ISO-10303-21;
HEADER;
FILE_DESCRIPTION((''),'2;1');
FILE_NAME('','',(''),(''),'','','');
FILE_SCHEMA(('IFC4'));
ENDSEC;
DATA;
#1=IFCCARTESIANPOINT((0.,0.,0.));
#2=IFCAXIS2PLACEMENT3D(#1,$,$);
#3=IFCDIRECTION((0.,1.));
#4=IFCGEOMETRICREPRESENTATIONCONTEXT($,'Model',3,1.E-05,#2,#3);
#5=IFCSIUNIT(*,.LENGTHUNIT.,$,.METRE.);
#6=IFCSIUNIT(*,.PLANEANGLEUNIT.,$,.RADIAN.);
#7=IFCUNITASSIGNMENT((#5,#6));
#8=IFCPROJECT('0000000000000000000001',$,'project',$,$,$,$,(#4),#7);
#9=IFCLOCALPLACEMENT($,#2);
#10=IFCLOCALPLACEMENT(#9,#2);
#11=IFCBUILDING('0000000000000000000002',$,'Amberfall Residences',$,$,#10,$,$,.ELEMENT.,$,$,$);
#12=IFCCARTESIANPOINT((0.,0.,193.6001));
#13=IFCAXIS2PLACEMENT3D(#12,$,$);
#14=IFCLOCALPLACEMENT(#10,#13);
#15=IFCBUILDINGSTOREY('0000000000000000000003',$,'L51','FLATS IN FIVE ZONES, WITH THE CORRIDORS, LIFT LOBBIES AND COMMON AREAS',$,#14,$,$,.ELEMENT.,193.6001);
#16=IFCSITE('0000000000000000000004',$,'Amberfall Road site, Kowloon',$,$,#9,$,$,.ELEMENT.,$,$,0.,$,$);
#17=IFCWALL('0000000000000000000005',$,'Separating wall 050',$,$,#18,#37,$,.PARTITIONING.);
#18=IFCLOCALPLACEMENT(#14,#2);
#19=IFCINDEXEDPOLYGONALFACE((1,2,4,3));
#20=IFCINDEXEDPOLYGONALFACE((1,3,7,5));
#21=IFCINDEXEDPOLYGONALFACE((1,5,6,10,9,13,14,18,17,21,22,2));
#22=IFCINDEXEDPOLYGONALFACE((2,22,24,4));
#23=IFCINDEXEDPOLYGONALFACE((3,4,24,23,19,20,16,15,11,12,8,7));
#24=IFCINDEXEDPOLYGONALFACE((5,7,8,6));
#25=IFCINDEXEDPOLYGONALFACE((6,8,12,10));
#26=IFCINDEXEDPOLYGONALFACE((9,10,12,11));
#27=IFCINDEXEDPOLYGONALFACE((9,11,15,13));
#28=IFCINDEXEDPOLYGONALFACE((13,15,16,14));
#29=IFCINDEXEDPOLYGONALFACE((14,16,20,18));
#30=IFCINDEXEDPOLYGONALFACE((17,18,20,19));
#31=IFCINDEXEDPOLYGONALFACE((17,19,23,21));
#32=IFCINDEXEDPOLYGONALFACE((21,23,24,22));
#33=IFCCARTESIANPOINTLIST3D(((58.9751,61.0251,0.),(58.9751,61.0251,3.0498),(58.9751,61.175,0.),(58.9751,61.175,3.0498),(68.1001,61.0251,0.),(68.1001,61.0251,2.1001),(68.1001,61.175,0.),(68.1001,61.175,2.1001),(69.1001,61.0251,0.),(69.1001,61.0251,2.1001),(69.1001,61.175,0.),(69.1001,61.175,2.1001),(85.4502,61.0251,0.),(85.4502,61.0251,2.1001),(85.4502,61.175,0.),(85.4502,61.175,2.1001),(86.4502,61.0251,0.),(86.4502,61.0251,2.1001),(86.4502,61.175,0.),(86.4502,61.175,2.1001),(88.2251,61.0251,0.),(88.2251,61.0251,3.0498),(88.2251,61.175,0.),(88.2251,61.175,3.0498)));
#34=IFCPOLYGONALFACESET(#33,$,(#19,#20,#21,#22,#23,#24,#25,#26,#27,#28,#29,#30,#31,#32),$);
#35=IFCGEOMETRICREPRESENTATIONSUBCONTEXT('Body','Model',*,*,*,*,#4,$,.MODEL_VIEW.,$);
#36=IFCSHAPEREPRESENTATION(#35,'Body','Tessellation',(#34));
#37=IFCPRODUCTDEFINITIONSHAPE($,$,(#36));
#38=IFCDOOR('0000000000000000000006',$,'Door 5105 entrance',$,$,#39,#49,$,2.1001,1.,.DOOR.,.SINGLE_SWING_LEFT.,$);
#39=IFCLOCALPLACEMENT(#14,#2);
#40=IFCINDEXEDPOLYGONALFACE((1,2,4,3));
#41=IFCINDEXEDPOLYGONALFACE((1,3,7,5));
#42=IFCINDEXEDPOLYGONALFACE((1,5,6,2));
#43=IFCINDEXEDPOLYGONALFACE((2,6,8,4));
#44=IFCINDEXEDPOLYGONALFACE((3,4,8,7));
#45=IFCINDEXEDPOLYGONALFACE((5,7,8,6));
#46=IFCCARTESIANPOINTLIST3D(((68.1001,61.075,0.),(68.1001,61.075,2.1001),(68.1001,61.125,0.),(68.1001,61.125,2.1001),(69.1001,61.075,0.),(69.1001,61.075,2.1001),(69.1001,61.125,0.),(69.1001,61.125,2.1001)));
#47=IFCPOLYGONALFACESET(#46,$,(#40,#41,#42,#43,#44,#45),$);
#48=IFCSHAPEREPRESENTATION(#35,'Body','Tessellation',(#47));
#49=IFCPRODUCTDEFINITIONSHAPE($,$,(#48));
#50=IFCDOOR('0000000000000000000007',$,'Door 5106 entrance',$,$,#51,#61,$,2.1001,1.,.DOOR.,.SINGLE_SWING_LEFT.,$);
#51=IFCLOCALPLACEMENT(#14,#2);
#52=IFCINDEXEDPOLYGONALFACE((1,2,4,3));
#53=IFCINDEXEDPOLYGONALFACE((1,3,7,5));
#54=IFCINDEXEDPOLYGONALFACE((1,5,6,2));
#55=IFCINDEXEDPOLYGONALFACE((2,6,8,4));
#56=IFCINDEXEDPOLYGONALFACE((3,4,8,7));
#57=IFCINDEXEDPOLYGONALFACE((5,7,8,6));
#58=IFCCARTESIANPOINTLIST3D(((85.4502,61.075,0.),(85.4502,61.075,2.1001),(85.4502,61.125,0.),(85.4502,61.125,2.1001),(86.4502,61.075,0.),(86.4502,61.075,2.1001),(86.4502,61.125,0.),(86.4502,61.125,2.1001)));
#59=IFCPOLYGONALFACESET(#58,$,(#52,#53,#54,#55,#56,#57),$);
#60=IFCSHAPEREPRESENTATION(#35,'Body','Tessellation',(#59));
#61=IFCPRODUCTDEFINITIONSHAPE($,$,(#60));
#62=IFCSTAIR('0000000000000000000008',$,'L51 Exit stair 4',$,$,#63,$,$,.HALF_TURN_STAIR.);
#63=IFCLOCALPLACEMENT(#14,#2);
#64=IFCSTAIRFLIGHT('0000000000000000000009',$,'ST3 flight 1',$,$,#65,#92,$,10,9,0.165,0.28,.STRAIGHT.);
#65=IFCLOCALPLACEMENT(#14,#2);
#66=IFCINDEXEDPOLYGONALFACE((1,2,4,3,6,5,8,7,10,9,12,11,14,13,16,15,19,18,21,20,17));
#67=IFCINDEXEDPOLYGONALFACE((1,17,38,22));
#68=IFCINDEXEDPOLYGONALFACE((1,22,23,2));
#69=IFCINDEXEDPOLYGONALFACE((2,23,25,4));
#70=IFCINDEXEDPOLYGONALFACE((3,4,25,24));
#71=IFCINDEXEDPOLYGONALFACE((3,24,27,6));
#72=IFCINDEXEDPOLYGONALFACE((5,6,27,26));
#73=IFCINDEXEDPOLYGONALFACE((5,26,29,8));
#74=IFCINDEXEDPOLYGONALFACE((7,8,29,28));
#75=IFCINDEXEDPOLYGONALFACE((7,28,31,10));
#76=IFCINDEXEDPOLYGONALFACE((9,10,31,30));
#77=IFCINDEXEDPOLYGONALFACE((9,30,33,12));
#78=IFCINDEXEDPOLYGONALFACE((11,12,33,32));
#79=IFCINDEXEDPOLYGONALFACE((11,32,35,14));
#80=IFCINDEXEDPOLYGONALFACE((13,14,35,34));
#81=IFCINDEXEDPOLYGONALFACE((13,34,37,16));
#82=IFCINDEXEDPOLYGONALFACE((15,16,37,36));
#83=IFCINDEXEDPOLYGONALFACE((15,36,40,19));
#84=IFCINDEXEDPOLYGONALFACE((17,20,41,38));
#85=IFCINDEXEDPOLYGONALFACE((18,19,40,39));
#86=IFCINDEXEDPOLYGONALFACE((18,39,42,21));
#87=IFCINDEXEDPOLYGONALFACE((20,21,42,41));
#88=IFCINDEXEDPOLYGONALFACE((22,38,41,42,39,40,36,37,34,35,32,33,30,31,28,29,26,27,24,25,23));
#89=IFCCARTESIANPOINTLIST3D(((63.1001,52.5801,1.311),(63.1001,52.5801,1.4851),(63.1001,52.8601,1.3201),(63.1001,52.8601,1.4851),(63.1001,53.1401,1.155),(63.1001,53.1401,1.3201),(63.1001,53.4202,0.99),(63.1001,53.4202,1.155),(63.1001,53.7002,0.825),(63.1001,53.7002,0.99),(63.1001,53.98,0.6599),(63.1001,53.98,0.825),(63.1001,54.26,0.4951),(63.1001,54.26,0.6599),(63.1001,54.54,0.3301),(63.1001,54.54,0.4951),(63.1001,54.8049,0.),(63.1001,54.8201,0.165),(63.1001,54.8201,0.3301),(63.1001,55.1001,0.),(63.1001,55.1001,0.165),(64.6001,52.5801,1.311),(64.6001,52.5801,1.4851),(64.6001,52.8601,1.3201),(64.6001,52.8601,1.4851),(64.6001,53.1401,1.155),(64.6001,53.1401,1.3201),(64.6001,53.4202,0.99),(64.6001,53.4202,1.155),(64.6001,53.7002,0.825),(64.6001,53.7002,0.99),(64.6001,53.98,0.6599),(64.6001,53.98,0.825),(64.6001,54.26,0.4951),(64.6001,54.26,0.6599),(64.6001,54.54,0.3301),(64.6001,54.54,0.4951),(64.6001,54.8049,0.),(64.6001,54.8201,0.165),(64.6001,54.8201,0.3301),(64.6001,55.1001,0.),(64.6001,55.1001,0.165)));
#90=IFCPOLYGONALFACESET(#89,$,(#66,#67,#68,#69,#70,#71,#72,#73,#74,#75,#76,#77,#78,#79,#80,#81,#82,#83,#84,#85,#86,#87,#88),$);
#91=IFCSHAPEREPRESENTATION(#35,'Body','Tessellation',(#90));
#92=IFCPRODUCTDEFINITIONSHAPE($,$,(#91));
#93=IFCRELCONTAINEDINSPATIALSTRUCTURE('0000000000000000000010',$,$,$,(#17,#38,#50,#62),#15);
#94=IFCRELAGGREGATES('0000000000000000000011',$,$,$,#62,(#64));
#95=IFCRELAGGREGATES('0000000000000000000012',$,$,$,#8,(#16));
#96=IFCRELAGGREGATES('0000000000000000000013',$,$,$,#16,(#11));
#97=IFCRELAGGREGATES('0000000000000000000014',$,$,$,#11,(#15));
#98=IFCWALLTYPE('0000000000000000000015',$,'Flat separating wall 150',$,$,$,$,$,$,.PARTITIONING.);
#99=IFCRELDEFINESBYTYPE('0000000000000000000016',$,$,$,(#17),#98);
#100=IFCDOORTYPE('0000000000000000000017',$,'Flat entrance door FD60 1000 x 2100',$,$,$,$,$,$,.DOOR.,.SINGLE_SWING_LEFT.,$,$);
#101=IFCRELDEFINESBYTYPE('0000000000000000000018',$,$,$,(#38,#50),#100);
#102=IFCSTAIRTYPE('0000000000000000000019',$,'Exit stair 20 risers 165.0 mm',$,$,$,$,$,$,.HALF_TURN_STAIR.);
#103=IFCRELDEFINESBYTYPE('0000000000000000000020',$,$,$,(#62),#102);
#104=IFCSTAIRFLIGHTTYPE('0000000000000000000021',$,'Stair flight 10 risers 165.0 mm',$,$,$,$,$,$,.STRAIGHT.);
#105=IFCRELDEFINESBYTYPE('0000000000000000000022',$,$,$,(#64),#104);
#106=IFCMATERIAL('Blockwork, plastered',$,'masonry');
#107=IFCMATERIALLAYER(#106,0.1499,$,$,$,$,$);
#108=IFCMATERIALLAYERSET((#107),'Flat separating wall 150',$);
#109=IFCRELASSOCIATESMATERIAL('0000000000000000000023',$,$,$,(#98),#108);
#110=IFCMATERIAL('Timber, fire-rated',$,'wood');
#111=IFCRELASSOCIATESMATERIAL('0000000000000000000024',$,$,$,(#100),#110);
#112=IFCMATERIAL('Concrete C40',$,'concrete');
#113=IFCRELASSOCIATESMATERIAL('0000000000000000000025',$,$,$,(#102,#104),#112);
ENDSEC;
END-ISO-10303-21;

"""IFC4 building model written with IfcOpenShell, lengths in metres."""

from ifc_helpers import new_model, si_unit, direction, frame, frame_2d, origin, place, context, subcontext, project, spatial, polyline, rectangle, outline, extrude, material, layer, layer_set, type_object, element, fill, aggregate, save


model = new_model("IFC4")

# Units and contexts
model_context = context("Model", 3, precision=1e-05, world=origin(), true_north=direction((0.0, 1.0)))
body_context = subcontext(model_context, "Body", "Model", "MODEL_VIEW")
ifc_project = project(units=[si_unit("LENGTHUNIT", "METRE"), si_unit("PLANEANGLEUNIT", "RADIAN")], contexts=[model_context])

# Site, building, storey
site_placement = place(None, origin())
site = spatial("IfcSite", under=ifc_project, at=site_placement, Name="Amberfall Road site, Kowloon", CompositionType="ELEMENT", RefElevation=0.0)
building_placement = place(site_placement, origin())
building = spatial("IfcBuilding", under=site, at=building_placement, Name="Amberfall Residences", CompositionType="ELEMENT")
storey_placement = place(building_placement, frame((0.0, 0.0, 193.6001)))
storey = spatial("IfcBuildingStorey", under=building, at=storey_placement, Name="L51", Description="FLATS IN FIVE ZONES, WITH THE CORRIDORS, LIFT LOBBIES AND COMMON AREAS", CompositionType="ELEMENT", Elevation=193.6001)

# Shared definitions
ifc_material_1 = material(Name="Blockwork, plastered", Category="masonry")
ifc_layer_1 = layer(ifc_material_1, 0.1499)
ifc_layer_set_1 = layer_set([ifc_layer_1], Name="Flat separating wall 150")
wall_type_1 = type_object("IfcWallType", Name="Flat separating wall 150", PredefinedType="PARTITIONING", material=ifc_layer_set_1)

# Wall, openings, doors
wall_1_placement = place(storey_placement, frame((58.9751, 61.1001, 0.0), z_axis=(0.0, 0.0, 1.0), x_axis=(1.0, 0.0, 0.0)))
wall_1 = element("IfcWall", 1, at=wall_1_placement, inside=storey, type_object=wall_type_1, Name="Separating wall 050", PredefinedType="PARTITIONING", context=body_context, shape_type="SweptSolid", body=[
    extrude(rectangle(XDim=29.25, YDim=0.1499, at=frame_2d((14.625, 0.0))), origin(), (0.0, 0.0, 1.0), 3.0498),
])
opening_1_placement = place(wall_1_placement, frame((9.125, 0.0, 0.0)))
opening_1 = element("IfcOpeningElement", 2, at=opening_1_placement, cuts=wall_1, PredefinedType="OPENING", context=body_context, shape_type="SweptSolid", body=[
    extrude(rectangle(XDim=1.0, YDim=2.1001, at=frame_2d((0.5, 1.05))), frame((0.0, 0.085, 0.0), z_axis=(0.0, -1.0, 0.0), x_axis=(1.0, 0.0, 0.0)), (0.0, 0.0, 1.0), 0.1699),
])
opening_2_placement = place(wall_1_placement, frame((26.4751, 0.0, 0.0)))
opening_2 = element("IfcOpeningElement", 3, at=opening_2_placement, cuts=wall_1, PredefinedType="OPENING", context=body_context, shape_type="SweptSolid", body=[
    extrude(rectangle(XDim=1.0, YDim=2.1001, at=frame_2d((0.5, 1.05))), frame((0.0, 0.085, 0.0), z_axis=(0.0, -1.0, 0.0), x_axis=(1.0, 0.0, 0.0)), (0.0, 0.0, 1.0), 0.1699),
])
ifc_material_2 = material(Name="Timber, fire-rated", Category="wood")
door_type_1 = type_object("IfcDoorType", Name="Flat entrance door FD60 1000 x 2100", OperationType="SINGLE_SWING_LEFT", PredefinedType="DOOR", material=ifc_material_2)
door_1_placement = place(opening_1_placement, origin())
door_1 = element("IfcDoor", 4, at=door_1_placement, inside=storey, type_object=door_type_1, Name="Door 5105 entrance", OperationType="SINGLE_SWING_LEFT", OverallHeight=2.1001, OverallWidth=1.0, PredefinedType="DOOR", context=body_context, shape_type="SweptSolid", body=[
    extrude(rectangle(XDim=1.0, YDim=2.1001, at=frame_2d((0.5, 1.05))), frame((0.0, 0.0249, 0.0), z_axis=(0.0, -1.0, 0.0), x_axis=(1.0, 0.0, 0.0)), (0.0, 0.0, 1.0), 0.05),
])
fill(opening_1, door_1)
door_2_placement = place(opening_2_placement, origin())
door_2 = element("IfcDoor", 5, at=door_2_placement, inside=storey, type_object=door_type_1, Name="Door 5106 entrance", OperationType="SINGLE_SWING_LEFT", OverallHeight=2.1001, OverallWidth=1.0, PredefinedType="DOOR", context=body_context, shape_type="SweptSolid", body=[
    extrude(rectangle(XDim=1.0, YDim=2.1001, at=frame_2d((0.5, 1.05))), frame((0.0, 0.0249, 0.0), z_axis=(0.0, -1.0, 0.0), x_axis=(1.0, 0.0, 0.0)), (0.0, 0.0, 1.0), 0.05),
])
fill(opening_2, door_2)

# Stair, stair flight
ifc_material_3 = material(Name="Concrete C40", Category="concrete")
stair_type = type_object("IfcStairType", Name="Exit stair 20 risers 165.0 mm", PredefinedType="HALF_TURN_STAIR", material=ifc_material_3)
stair_placement = place(storey_placement, origin())
stair = element("IfcStair", 6, at=stair_placement, inside=storey, type_object=stair_type, Name="L51 Exit stair 4", PredefinedType="HALF_TURN_STAIR")
stair_flight_type = type_object("IfcStairFlightType", Name="Stair flight 10 risers 165.0 mm", PredefinedType="STRAIGHT", material=ifc_material_3)
stair_flight_placement = place(storey_placement, frame((63.8501, 55.1001, 0.0), z_axis=(0.0, 0.0, 1.0), x_axis=(0.0, -1.0, 0.0)))
stair_flight = element("IfcStairFlight", 7, at=stair_flight_placement, type_object=stair_flight_type, Name="ST3 flight 1", NumberOfRisers=10, NumberOfTreads=9, PredefinedType="STRAIGHT", RiserHeight=0.165, TreadLength=0.28, context=body_context, shape_type="SweptSolid", body=[
    extrude(outline(polyline([(0.0, 0.0), (0.0, 0.165), (0.28, 0.165), (0.28, 0.3301), (0.5601, 0.3301), (0.5601, 0.4951), (0.8401, 0.4951), (0.8401, 0.6599), (1.1201, 0.6599), (1.1201, 0.825), (1.3999, 0.825), (1.3999, 0.99), (1.6799, 0.99), (1.6799, 1.155), (1.96, 1.155), (1.96, 1.3201), (2.24, 1.3201), (2.24, 1.4851), (2.52, 1.4851), (2.52, 1.6499), (2.52, 1.311), (0.2952, 0.0), (0.0, 0.0)])), frame((0.0, 0.75, 0.0), z_axis=(0.0, -1.0, 0.0), x_axis=(1.0, 0.0, 0.0)), (0.0, 0.0, 1.0), 1.5),
])
aggregate(stair, [stair_flight])

save(model, "model.ifc")
